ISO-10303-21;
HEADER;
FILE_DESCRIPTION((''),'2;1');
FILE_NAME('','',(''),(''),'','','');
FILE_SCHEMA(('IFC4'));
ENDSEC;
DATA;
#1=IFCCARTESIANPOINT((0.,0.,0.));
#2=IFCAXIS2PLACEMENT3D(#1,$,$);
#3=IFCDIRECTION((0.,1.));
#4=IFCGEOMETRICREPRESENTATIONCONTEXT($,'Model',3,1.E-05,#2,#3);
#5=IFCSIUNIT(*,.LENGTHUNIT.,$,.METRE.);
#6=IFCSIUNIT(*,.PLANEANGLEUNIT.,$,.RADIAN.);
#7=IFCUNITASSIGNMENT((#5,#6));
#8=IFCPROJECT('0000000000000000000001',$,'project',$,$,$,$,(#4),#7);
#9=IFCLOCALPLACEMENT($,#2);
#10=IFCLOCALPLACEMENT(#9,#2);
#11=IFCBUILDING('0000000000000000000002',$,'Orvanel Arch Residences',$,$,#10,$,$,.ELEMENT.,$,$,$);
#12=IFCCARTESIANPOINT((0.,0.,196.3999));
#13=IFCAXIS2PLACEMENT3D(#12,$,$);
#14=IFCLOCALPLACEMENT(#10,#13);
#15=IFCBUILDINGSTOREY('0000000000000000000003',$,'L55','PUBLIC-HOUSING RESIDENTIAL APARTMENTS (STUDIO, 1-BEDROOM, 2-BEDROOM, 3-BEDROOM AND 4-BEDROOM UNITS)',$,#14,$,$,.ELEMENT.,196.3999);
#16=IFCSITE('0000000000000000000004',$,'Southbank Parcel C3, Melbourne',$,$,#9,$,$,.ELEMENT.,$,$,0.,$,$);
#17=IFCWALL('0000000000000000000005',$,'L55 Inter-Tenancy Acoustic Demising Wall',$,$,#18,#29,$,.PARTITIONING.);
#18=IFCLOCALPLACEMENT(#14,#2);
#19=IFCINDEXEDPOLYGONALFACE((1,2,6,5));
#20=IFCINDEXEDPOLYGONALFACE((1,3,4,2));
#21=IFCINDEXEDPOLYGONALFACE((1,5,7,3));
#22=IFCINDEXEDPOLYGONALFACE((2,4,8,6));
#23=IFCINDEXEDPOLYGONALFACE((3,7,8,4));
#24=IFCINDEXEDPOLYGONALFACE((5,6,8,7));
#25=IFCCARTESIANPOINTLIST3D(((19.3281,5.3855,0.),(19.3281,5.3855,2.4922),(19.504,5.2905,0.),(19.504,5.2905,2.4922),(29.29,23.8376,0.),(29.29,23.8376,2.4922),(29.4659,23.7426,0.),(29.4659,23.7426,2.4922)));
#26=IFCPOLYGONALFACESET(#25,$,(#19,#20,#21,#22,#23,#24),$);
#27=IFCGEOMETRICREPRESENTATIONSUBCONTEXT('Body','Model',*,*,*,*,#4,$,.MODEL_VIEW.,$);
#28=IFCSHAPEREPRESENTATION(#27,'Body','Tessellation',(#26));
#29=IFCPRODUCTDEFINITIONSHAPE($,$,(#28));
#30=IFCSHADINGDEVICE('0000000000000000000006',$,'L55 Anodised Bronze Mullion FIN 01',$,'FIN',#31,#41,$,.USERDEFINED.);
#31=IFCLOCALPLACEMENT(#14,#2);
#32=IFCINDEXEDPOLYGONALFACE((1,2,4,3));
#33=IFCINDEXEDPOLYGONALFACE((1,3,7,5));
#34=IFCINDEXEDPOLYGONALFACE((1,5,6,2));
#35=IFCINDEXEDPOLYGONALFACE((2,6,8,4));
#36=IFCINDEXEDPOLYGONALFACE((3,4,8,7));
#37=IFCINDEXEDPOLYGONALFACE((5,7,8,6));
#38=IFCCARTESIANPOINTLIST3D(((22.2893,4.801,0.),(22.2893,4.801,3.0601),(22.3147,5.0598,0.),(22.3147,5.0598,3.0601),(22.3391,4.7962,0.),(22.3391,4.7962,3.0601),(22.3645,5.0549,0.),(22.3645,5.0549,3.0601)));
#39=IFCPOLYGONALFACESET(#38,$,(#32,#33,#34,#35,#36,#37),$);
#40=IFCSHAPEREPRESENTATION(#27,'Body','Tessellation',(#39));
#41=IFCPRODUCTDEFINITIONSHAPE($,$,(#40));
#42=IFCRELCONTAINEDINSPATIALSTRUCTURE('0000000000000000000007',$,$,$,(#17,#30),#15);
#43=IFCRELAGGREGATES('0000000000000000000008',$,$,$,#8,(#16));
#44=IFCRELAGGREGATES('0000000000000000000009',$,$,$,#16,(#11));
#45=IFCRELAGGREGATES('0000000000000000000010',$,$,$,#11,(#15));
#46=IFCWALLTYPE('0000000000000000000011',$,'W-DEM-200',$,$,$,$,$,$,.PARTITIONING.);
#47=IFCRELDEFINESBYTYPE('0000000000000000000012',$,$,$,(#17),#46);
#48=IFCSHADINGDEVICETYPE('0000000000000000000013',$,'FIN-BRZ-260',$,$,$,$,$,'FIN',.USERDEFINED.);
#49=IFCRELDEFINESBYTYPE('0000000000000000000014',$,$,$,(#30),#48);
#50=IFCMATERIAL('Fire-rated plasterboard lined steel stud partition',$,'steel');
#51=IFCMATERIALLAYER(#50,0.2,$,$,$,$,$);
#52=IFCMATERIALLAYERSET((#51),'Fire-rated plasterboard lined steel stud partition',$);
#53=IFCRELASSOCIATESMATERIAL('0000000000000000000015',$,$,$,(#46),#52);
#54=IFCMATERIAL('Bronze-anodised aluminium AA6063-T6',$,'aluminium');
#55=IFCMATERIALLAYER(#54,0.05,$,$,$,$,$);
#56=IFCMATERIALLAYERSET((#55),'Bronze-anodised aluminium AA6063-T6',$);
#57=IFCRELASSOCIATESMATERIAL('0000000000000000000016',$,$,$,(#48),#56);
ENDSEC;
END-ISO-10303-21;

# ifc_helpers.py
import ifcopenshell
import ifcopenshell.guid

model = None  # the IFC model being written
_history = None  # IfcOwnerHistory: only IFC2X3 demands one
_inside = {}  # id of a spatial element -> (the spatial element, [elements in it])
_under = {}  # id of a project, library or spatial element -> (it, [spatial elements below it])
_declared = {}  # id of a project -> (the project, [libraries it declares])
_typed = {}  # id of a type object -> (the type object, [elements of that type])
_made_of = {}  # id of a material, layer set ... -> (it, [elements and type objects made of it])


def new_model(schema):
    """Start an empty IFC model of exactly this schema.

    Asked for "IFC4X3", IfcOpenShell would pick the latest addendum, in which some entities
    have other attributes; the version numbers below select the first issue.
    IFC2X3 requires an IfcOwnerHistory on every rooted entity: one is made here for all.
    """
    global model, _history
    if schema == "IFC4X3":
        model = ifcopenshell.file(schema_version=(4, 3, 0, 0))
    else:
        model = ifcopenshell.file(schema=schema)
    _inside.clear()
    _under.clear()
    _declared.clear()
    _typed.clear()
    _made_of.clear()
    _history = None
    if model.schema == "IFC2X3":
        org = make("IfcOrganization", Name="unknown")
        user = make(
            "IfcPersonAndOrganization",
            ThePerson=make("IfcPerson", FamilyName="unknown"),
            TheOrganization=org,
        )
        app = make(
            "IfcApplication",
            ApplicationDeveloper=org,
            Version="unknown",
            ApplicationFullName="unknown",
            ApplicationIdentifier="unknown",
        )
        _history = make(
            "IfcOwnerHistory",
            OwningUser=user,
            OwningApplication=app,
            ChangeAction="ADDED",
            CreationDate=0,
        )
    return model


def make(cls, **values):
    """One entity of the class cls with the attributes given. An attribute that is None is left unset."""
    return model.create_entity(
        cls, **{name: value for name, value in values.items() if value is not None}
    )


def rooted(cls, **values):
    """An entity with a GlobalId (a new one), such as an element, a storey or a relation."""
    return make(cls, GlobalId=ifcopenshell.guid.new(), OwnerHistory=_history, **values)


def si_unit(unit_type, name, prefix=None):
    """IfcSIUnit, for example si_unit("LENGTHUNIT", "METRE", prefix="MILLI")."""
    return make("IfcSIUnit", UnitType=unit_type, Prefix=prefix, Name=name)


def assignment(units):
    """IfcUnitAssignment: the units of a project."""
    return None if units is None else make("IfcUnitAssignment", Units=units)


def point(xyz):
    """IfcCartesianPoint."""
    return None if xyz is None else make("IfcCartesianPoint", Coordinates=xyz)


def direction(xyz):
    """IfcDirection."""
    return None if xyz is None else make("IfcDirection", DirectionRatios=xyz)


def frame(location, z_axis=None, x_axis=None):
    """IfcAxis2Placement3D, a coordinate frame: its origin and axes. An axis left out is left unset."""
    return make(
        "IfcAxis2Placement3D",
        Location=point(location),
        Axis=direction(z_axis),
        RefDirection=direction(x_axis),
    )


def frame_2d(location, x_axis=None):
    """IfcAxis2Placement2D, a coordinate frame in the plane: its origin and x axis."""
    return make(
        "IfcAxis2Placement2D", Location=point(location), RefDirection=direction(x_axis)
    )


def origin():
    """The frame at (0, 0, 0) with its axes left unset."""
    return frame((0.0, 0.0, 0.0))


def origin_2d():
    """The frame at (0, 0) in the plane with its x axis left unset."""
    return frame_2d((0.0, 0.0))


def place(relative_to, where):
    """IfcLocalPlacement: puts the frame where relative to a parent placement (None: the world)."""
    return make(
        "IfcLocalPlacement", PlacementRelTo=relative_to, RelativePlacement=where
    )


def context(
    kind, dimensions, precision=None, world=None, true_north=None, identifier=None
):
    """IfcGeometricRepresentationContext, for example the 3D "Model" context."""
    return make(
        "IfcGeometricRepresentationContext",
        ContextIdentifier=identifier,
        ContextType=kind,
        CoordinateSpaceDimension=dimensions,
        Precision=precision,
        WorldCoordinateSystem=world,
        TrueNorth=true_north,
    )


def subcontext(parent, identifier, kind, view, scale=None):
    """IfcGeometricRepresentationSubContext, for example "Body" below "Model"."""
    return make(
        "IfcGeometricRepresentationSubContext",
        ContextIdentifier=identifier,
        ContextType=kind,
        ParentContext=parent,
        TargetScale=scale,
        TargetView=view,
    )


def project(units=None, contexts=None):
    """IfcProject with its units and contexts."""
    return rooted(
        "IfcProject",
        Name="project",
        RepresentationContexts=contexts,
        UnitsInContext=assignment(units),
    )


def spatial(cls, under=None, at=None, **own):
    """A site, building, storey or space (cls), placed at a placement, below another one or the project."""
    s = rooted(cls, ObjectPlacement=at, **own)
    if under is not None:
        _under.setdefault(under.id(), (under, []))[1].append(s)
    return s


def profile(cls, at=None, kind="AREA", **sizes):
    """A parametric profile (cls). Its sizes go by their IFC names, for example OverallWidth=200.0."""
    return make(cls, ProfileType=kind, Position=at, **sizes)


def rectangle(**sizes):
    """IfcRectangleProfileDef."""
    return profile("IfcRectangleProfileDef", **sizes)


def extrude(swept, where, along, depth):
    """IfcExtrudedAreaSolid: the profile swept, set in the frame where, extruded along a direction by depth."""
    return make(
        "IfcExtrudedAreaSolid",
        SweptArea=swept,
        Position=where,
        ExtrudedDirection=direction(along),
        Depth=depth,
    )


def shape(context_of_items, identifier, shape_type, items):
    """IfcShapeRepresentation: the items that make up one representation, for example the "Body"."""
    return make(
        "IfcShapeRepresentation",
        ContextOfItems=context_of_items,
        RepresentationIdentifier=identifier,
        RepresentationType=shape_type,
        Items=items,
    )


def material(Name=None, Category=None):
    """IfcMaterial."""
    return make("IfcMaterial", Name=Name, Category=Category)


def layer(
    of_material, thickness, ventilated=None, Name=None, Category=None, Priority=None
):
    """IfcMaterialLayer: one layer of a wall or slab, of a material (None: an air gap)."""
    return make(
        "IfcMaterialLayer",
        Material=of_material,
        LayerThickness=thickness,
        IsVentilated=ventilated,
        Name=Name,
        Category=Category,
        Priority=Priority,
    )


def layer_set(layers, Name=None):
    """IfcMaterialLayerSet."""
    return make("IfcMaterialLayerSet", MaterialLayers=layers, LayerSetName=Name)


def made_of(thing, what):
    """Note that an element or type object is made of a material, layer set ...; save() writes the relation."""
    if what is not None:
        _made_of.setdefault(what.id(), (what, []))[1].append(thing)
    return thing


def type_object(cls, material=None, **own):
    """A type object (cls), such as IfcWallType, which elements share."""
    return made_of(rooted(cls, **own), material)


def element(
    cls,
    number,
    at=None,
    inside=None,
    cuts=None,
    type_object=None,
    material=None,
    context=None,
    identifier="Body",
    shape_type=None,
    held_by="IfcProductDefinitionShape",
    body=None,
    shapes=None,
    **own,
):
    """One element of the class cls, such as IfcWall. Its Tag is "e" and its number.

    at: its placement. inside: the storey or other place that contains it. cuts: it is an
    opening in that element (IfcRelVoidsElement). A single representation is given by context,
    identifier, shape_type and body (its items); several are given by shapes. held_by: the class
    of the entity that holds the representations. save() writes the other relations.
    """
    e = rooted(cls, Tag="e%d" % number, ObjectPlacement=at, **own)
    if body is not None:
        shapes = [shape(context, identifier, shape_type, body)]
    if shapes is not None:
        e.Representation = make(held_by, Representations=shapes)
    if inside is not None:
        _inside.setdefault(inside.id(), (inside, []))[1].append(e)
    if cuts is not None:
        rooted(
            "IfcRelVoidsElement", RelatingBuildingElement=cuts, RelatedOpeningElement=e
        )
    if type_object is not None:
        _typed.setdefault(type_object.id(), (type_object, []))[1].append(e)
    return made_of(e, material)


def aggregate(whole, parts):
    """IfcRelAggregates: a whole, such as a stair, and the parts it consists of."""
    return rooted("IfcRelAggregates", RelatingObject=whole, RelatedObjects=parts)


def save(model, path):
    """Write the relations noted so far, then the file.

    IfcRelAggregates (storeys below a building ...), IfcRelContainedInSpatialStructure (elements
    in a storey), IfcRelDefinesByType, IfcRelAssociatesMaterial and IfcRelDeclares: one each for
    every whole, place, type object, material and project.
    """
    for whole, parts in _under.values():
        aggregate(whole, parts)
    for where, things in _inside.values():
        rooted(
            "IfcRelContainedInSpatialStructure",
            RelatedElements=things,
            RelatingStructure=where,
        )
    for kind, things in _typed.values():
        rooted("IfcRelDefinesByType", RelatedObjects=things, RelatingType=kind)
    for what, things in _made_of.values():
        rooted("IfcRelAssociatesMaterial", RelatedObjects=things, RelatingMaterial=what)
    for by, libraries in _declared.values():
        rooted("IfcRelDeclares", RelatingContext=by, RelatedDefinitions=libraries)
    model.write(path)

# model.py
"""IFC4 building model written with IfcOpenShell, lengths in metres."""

from ifc_helpers import new_model, si_unit, direction, frame, frame_2d, origin, origin_2d, place, context, subcontext, project, spatial, rectangle, extrude, material, layer, layer_set, type_object, element, save


model = new_model("IFC4")

# Units and contexts
model_context = context("Model", 3, precision=1e-05, world=origin(), true_north=direction((0.0, 1.0)))
body_context = subcontext(model_context, "Body", "Model", "MODEL_VIEW")
ifc_project = project(units=[si_unit("LENGTHUNIT", "METRE"), si_unit("PLANEANGLEUNIT", "RADIAN")], contexts=[model_context])

# Site, building, storey
site_placement = place(None, origin())
site = spatial("IfcSite", under=ifc_project, at=site_placement, Name="Southbank Parcel C3, Melbourne", CompositionType="ELEMENT", RefElevation=0.0)
building_placement = place(site_placement, origin())
building = spatial("IfcBuilding", under=site, at=building_placement, Name="Orvanel Arch Residences", CompositionType="ELEMENT")
storey_placement = place(building_placement, frame((0.0, 0.0, 196.3999)))
storey = spatial("IfcBuildingStorey", under=building, at=storey_placement, Name="L55", Description="PUBLIC-HOUSING RESIDENTIAL APARTMENTS (STUDIO, 1-BEDROOM, 2-BEDROOM, 3-BEDROOM AND 4-BEDROOM UNITS)", CompositionType="ELEMENT", Elevation=196.3999)

# Shared definitions
ifc_material_1 = material(Name="Bronze-anodised aluminium AA6063-T6", Category="aluminium")

# Wall
ifc_material_2 = material(Name="Fire-rated plasterboard lined steel stud partition", Category="steel")
ifc_layer_1 = layer(ifc_material_2, 0.2)
ifc_layer_set_1 = layer_set([ifc_layer_1], Name="Fire-rated plasterboard lined steel stud partition")
wall_type_1 = type_object("IfcWallType", Name="W-DEM-200", PredefinedType="PARTITIONING", material=ifc_layer_set_1)
wall_1_placement = place(storey_placement, frame((19.416, 5.3379, 0.0), z_axis=(0.0, 0.0, 1.0), x_axis=(0.475066, 0.87995, 0.0)))
element("IfcWall", 1, at=wall_1_placement, inside=storey, type_object=wall_type_1, Name="L55 Inter-Tenancy Acoustic Demising Wall", PredefinedType="PARTITIONING", context=body_context, shape_type="SweptSolid", body=[
    extrude(rectangle(XDim=20.9695, YDim=0.2, at=frame_2d((10.4849, 0.0))), origin(), (0.0, 0.0, 1.0), 2.4922),
])

# Shading device
ifc_layer_2 = layer(ifc_material_1, 0.05)
ifc_layer_set_2 = layer_set([ifc_layer_2], Name="Bronze-anodised aluminium AA6063-T6")
shading_device_type = type_object("IfcShadingDeviceType", Name="FIN-BRZ-260", ElementType="FIN", PredefinedType="USERDEFINED", material=ifc_layer_set_2)
shading_device_placement = place(storey_placement, frame((22.3269, 4.928, 0.0), z_axis=(0.0, 0.0, 1.0), x_axis=(-0.097583, -0.995227, 0.0)))
element("IfcShadingDevice", 2, at=shading_device_placement, inside=storey, type_object=shading_device_type, Name="L55 Anodised Bronze Mullion FIN 01", ObjectType="FIN", PredefinedType="USERDEFINED", context=body_context, shape_type="SweptSolid", body=[
    extrude(rectangle(XDim=0.26, YDim=0.05, at=origin_2d()), origin(), (0.0, 0.0, 1.0), 3.0601),
])

save(model, "model.ifc")
